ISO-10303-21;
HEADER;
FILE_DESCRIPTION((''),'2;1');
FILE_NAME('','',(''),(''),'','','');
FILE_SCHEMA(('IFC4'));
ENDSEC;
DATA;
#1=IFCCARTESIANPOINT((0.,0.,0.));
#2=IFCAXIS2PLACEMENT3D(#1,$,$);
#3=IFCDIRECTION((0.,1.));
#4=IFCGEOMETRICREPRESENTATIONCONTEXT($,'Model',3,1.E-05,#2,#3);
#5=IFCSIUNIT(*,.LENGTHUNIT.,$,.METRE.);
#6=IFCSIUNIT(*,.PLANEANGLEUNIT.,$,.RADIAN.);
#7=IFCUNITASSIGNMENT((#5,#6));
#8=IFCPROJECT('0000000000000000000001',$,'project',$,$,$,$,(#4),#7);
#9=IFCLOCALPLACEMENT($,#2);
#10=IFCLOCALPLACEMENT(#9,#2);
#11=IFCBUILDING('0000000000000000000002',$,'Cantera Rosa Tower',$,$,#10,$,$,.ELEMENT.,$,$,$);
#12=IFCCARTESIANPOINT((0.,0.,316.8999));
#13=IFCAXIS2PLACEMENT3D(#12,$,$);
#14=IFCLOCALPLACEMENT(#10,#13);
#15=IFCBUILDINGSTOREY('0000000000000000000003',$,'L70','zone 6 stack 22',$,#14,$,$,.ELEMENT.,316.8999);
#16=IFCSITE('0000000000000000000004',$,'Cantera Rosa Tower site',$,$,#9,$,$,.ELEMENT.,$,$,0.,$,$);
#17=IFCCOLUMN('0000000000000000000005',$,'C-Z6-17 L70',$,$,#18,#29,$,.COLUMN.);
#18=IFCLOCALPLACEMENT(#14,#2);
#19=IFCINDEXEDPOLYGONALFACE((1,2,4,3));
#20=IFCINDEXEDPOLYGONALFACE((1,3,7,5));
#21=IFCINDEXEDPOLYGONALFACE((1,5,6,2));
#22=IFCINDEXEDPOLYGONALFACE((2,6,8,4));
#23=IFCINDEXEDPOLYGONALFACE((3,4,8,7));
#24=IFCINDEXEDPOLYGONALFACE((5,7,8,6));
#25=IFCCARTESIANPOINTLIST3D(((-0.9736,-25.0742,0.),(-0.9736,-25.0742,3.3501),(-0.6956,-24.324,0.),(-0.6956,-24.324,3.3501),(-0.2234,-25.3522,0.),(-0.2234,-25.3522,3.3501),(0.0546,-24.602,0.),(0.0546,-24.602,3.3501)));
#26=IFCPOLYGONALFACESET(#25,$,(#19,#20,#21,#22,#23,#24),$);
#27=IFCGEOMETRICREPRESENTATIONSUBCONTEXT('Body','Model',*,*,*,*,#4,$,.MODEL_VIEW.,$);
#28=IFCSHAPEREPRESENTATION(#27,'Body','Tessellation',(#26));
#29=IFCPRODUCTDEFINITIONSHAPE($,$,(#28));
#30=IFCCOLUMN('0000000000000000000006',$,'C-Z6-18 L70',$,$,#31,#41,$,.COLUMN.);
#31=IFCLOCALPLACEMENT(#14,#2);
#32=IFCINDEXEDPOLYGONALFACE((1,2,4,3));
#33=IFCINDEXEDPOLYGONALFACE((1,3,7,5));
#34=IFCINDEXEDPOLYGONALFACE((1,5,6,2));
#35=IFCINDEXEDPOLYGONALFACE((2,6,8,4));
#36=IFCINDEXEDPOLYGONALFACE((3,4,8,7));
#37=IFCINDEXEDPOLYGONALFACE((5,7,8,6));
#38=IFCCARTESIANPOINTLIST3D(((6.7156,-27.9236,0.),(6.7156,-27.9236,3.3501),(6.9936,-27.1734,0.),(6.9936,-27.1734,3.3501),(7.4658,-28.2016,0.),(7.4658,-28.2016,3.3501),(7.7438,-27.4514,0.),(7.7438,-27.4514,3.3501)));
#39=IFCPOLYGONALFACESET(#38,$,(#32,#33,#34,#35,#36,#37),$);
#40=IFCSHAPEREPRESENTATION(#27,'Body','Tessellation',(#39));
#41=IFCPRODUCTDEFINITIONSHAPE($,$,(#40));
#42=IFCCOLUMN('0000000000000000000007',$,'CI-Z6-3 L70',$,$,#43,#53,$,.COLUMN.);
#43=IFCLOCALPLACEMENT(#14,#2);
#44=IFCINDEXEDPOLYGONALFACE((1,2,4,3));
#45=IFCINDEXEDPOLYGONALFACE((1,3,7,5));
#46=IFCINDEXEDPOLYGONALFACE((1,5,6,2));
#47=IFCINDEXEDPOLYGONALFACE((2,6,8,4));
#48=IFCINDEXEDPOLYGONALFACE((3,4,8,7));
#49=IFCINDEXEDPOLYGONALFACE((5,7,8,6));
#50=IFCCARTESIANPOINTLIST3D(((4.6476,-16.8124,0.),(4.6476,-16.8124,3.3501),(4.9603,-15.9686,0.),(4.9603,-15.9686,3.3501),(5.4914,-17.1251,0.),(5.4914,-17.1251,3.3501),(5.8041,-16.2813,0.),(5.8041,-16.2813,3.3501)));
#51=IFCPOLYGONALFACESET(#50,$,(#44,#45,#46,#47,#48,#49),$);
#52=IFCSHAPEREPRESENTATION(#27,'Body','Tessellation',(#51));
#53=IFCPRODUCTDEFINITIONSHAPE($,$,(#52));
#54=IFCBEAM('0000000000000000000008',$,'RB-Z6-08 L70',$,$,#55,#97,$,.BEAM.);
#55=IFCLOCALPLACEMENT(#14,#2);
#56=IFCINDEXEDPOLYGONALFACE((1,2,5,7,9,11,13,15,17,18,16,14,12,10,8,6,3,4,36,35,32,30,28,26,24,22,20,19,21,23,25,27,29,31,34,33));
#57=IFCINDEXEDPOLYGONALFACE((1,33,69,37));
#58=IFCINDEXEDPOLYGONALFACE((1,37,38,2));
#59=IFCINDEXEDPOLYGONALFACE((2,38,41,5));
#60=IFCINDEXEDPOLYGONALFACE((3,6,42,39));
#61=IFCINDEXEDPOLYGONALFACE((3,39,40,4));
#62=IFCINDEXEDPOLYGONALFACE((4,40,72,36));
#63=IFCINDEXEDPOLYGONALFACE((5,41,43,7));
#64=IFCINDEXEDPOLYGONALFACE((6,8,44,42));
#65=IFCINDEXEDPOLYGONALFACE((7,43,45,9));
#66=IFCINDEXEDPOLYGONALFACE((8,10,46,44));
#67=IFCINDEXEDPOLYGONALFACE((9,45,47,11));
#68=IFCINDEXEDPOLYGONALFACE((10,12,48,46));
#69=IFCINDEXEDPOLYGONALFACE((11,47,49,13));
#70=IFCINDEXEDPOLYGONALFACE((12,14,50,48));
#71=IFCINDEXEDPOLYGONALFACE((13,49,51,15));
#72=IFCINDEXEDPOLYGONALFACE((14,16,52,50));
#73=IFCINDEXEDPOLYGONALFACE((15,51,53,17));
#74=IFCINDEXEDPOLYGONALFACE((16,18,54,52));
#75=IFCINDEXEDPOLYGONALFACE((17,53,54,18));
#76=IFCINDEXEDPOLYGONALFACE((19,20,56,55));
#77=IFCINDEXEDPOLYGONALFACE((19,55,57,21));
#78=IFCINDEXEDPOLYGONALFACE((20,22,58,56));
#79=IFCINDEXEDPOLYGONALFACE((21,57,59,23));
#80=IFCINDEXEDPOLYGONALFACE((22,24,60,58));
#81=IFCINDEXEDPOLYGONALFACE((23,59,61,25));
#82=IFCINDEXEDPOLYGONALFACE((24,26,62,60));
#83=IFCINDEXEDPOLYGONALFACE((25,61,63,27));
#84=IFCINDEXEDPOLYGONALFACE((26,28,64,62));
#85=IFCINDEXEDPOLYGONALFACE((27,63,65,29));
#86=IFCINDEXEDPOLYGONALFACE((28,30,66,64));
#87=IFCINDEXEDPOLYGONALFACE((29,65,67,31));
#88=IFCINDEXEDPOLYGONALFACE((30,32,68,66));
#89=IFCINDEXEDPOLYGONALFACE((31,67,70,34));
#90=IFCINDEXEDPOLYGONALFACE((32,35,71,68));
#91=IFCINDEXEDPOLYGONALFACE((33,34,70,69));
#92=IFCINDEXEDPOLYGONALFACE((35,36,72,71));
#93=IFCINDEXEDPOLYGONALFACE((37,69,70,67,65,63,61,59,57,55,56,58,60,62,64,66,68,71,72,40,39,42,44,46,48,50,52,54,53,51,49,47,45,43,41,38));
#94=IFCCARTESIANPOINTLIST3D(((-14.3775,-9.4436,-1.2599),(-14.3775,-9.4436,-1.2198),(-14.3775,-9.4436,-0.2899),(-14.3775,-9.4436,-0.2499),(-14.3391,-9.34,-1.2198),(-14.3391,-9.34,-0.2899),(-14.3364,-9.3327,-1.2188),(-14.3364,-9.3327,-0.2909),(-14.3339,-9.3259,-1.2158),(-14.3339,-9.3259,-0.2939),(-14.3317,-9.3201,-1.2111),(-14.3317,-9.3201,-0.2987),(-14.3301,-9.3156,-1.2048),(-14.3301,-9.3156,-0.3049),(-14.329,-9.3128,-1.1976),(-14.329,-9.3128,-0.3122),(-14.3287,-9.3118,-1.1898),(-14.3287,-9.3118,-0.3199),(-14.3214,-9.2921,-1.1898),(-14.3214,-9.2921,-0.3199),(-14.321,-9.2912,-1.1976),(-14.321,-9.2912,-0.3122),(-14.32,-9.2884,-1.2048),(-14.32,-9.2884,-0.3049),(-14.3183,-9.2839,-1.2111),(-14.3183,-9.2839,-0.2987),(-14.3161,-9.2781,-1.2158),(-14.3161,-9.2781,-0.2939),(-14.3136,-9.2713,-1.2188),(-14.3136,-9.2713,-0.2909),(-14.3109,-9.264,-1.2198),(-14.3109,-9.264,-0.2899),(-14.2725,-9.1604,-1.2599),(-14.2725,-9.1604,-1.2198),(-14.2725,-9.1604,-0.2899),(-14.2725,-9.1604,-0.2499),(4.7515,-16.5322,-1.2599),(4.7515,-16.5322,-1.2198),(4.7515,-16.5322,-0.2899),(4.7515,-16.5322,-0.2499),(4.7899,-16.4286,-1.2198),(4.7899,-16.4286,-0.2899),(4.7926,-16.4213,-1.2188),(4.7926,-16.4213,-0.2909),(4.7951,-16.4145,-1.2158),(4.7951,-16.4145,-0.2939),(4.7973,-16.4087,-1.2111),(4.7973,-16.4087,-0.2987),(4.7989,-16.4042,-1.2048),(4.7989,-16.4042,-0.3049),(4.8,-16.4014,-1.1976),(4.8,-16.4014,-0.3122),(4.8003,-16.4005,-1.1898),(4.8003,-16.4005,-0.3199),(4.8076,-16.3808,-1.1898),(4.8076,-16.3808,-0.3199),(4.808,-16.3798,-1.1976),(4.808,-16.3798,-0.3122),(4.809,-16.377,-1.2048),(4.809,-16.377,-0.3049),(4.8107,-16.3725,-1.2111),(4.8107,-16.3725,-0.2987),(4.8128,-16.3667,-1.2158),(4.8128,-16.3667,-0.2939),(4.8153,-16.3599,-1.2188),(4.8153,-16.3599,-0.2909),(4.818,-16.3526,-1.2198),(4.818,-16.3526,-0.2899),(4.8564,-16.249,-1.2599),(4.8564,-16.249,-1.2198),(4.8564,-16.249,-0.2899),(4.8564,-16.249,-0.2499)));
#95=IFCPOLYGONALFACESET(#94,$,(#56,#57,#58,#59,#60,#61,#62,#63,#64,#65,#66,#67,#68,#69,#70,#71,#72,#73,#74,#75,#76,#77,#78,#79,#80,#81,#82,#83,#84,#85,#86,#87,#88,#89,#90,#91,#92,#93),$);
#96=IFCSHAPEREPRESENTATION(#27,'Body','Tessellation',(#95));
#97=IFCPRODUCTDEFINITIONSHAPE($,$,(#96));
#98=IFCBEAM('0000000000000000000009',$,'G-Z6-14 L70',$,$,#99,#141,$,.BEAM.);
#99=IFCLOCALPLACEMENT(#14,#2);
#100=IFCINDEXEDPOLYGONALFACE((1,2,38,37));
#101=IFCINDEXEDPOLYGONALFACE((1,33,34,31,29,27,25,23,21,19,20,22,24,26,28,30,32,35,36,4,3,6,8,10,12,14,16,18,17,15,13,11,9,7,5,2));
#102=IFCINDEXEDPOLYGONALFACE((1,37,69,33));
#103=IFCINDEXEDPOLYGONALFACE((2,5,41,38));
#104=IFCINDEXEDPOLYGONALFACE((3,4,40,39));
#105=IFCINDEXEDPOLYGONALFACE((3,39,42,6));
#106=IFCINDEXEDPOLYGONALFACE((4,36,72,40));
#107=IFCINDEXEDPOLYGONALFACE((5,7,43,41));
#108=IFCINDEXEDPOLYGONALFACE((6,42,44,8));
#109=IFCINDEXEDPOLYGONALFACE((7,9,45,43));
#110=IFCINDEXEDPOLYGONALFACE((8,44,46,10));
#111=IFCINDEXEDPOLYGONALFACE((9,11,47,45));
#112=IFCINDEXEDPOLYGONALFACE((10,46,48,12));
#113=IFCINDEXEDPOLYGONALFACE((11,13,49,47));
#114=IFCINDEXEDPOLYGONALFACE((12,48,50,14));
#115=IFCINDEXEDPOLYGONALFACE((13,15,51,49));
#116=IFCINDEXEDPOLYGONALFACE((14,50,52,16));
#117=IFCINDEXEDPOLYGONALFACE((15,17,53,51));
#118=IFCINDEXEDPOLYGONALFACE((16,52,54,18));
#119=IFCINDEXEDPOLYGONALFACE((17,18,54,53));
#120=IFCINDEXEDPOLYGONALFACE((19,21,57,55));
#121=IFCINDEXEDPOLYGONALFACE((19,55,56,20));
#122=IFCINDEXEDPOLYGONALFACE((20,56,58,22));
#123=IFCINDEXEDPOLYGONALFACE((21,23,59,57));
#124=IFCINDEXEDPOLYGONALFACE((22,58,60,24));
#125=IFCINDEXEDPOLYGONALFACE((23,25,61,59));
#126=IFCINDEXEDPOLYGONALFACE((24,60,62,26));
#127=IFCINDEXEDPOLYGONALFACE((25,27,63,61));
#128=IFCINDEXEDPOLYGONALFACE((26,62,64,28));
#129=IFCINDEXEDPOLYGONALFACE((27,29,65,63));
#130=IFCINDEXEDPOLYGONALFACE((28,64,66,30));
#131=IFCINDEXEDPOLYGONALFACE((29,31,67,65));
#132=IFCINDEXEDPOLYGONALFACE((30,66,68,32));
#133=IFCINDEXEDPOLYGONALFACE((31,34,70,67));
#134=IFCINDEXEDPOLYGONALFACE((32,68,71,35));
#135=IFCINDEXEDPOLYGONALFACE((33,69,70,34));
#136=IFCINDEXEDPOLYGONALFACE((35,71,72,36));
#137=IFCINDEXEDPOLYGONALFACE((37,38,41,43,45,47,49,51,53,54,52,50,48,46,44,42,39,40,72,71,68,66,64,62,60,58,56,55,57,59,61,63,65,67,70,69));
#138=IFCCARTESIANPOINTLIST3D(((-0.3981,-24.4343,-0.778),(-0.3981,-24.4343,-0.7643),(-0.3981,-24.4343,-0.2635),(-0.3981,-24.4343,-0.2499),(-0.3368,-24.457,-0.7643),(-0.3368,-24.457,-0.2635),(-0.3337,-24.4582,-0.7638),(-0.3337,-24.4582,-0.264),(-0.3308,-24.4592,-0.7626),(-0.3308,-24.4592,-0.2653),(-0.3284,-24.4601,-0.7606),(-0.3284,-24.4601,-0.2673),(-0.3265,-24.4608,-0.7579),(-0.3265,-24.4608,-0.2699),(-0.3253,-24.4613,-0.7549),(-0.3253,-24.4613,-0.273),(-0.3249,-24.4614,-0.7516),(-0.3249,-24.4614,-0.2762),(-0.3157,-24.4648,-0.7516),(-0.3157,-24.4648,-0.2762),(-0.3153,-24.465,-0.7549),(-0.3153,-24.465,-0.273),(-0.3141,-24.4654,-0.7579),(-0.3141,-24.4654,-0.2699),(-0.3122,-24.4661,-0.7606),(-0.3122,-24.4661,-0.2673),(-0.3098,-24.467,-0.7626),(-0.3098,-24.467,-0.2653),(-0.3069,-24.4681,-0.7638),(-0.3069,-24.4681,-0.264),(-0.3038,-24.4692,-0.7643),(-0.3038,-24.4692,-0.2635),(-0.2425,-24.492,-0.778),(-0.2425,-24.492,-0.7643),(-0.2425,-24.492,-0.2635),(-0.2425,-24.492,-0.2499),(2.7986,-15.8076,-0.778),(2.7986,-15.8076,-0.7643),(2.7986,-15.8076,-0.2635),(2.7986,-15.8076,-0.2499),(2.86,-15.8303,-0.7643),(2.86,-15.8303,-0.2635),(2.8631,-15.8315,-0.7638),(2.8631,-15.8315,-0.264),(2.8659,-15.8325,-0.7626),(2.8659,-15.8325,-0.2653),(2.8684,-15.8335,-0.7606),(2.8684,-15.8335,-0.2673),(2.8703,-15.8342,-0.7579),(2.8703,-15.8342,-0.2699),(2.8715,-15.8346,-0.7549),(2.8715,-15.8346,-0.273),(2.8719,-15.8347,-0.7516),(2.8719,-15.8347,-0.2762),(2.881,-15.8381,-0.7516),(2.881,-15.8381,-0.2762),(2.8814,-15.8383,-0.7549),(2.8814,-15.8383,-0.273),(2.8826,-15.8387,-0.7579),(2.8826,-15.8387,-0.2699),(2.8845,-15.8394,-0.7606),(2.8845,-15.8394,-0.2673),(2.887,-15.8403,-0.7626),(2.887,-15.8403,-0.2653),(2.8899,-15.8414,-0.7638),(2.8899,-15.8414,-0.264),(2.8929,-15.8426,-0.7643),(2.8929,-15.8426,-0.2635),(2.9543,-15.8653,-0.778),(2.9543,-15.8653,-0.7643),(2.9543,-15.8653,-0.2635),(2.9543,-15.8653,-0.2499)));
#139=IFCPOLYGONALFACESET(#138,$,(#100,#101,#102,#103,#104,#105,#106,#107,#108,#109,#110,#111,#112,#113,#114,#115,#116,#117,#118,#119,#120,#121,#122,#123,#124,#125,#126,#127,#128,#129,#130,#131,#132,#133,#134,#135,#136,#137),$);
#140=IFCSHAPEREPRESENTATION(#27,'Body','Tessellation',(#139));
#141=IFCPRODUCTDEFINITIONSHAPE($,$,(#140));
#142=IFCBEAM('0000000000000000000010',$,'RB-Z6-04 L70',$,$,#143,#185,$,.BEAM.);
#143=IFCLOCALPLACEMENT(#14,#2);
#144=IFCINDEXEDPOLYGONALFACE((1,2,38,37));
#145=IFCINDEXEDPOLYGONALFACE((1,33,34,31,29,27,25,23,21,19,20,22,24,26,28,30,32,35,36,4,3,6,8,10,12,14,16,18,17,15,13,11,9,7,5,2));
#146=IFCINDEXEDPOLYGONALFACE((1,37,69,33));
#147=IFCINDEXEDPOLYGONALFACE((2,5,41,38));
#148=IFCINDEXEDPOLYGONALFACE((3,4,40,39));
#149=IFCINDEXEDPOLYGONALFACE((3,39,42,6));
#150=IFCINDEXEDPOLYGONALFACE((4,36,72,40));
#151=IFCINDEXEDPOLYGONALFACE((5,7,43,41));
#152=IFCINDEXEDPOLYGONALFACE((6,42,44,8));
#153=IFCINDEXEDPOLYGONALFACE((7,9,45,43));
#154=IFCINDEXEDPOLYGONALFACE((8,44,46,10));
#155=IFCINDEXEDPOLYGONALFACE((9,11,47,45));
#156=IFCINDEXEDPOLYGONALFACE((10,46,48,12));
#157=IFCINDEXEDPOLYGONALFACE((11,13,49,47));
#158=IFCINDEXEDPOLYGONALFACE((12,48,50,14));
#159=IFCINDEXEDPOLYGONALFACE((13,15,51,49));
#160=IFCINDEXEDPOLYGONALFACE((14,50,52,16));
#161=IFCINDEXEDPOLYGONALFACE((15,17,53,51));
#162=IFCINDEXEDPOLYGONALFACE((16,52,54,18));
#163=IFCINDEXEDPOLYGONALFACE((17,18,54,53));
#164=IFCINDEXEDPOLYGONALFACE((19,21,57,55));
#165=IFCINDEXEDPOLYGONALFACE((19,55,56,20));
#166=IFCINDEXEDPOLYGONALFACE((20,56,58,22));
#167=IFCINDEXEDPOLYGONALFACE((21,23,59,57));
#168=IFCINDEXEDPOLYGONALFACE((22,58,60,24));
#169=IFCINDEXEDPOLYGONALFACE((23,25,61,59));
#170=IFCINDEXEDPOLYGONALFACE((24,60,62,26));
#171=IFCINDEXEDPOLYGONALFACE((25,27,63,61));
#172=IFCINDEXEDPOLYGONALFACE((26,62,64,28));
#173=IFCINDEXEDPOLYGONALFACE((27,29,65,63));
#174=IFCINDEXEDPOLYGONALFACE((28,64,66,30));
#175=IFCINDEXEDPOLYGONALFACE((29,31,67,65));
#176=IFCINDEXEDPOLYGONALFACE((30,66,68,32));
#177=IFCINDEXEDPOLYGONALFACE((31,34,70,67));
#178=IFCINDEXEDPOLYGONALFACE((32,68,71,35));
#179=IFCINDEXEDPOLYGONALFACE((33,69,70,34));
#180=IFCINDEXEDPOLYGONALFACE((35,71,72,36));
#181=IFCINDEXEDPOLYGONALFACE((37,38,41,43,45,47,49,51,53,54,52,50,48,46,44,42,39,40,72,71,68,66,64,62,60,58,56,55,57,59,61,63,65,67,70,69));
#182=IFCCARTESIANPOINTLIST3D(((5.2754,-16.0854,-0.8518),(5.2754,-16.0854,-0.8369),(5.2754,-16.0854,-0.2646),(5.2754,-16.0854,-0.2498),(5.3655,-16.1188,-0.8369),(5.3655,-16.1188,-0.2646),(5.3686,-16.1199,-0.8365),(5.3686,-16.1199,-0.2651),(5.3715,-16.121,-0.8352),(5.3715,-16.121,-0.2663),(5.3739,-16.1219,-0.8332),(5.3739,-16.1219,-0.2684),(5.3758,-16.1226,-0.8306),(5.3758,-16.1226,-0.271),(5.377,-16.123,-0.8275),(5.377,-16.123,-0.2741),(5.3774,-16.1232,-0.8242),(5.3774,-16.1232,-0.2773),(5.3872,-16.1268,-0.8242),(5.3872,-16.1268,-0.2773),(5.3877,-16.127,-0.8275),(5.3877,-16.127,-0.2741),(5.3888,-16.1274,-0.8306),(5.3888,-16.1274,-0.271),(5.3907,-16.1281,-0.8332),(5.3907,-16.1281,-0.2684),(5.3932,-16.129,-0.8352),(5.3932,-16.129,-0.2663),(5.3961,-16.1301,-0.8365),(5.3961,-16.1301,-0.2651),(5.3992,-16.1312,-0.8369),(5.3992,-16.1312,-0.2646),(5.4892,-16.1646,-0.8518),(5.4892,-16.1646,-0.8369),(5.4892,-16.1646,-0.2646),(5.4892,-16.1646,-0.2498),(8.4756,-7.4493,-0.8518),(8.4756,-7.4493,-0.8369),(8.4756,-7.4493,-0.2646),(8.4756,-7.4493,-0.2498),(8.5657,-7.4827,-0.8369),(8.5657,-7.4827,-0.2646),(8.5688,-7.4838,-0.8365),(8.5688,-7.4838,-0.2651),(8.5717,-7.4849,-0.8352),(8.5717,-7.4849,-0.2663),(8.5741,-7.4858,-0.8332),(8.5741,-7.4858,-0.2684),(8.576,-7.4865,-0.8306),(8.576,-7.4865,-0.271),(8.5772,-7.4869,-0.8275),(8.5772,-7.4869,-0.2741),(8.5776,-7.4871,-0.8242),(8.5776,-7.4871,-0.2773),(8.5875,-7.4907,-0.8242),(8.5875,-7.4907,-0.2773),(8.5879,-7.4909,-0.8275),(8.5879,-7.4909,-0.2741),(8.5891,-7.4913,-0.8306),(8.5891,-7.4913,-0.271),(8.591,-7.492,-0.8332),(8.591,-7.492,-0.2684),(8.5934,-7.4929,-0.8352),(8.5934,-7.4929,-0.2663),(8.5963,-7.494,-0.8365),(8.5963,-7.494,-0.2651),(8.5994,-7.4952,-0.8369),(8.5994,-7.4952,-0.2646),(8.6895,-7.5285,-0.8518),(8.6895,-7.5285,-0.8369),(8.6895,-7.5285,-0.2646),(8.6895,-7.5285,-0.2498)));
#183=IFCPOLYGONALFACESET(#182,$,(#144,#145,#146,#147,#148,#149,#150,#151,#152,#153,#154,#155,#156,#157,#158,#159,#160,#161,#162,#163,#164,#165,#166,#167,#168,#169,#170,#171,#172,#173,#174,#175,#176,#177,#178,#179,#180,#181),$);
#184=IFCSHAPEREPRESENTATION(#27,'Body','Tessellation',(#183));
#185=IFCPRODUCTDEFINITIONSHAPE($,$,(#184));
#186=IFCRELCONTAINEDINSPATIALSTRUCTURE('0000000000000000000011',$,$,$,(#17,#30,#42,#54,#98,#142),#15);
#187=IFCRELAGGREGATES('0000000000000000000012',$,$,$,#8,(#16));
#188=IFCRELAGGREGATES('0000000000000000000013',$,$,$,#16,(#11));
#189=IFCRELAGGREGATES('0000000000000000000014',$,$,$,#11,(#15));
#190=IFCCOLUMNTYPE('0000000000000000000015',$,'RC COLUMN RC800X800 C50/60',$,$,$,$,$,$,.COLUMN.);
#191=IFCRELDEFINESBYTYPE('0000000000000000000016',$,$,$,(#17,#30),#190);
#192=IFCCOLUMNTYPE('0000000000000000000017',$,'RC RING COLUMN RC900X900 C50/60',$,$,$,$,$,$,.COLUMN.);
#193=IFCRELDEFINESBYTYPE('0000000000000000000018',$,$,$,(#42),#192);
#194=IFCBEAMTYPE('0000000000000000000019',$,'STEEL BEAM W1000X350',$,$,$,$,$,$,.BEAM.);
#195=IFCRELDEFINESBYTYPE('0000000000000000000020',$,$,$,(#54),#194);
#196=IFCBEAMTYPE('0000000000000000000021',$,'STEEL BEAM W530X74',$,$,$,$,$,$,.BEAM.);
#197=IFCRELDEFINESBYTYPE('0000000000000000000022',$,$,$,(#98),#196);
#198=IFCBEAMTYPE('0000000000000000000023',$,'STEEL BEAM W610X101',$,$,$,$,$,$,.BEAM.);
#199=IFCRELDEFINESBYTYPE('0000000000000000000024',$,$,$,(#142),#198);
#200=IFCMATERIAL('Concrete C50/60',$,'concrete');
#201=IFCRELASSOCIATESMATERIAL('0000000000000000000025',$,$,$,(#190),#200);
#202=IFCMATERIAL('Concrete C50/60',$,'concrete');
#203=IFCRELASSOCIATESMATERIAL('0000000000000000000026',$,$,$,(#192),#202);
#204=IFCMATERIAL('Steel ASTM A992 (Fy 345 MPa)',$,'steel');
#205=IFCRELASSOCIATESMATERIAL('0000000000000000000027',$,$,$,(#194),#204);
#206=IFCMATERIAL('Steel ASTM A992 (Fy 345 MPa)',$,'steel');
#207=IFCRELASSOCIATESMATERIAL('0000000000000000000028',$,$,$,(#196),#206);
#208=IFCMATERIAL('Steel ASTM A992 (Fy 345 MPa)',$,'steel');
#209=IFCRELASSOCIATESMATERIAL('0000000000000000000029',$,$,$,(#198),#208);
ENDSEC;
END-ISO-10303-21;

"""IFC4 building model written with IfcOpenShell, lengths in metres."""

from ifc_helpers import new_model, si_unit, direction, frame, origin, origin_2d, place, context, subcontext, project, spatial, rectangle, i_section, extrude, material, material_profile, profile_set, type_object, element, save


model = new_model("IFC4")

# Units and contexts
model_context = context("Model", 3, precision=1e-05, world=origin(), true_north=direction((0.0, 1.0)))
body_context = subcontext(model_context, "Body", "Model", "MODEL_VIEW")
ifc_project = project(units=[si_unit("LENGTHUNIT", "METRE"), si_unit("PLANEANGLEUNIT", "RADIAN")], contexts=[model_context])

# Site, building, storey
site_placement = place(None, origin())
site = spatial("IfcSite", under=ifc_project, at=site_placement, Name="Cantera Rosa Tower site", CompositionType="ELEMENT", RefElevation=0.0)
building_placement = place(site_placement, origin())
building = spatial("IfcBuilding", under=site, at=building_placement, Name="Cantera Rosa Tower", CompositionType="ELEMENT")
storey_placement = place(building_placement, frame((0.0, 0.0, 316.8999)))
storey = spatial("IfcBuildingStorey", under=building, at=storey_placement, Name="L70", Description="zone 6 stack 22", CompositionType="ELEMENT", Elevation=316.8999)

# Columns
ifc_material_1 = material(Name="Concrete C50/60", Category="concrete")
ifc_material_profile_1 = material_profile(ifc_material_1, rectangle(XDim=0.8, YDim=0.8, at=origin_2d()), Name="RC COLUMN RC800X800 C50/60")
ifc_profile_set_1 = profile_set([ifc_material_profile_1], Name="Concrete C50/60")
column_type_1 = type_object("IfcColumnType", Name="RC COLUMN RC800X800 C50/60", PredefinedType="COLUMN", material=ifc_profile_set_1)
for number, where, z_axis, x_axis, name in (
    (1, (-0.4595, -24.8381, 0.0), (0.0, 0.0, 1.0), (0.347481, 0.937687, 0.0), "C-Z6-17 L70"),
    (2, (7.2297, -27.6875, 0.0), (0.0, 0.0, 1.0), (0.347481, 0.937687, 0.0), "C-Z6-18 L70"),
):
    element("IfcColumn", number, at=place(storey_placement, frame(where, z_axis=z_axis, x_axis=x_axis)), inside=storey, type_object=column_type_1, Name=name, PredefinedType="COLUMN", context=body_context, shape_type="SweptSolid", body=[
        extrude(rectangle(XDim=0.8, YDim=0.8, at=origin_2d()), origin(), (0.0, 0.0, 1.0), 3.3501),
    ])
ifc_material_2 = material(Name="Concrete C50/60", Category="concrete")
ifc_material_profile_2 = material_profile(ifc_material_2, rectangle(XDim=0.8999, YDim=0.8999, at=origin_2d()), Name="RC RING COLUMN RC900X900 C50/60")
ifc_profile_set_2 = profile_set([ifc_material_profile_2], Name="Concrete C50/60")
column_type_2 = type_object("IfcColumnType", Name="RC RING COLUMN RC900X900 C50/60", PredefinedType="COLUMN", material=ifc_profile_set_2)
column_placement = place(storey_placement, frame((5.2258, -16.5469, 0.0), z_axis=(0.0, 0.0, 1.0), x_axis=(0.347481, 0.937687, 0.0)))
element("IfcColumn", 3, at=column_placement, inside=storey, type_object=column_type_2, Name="CI-Z6-3 L70", PredefinedType="COLUMN", context=body_context, shape_type="SweptSolid", body=[
    extrude(rectangle(XDim=0.8999, YDim=0.8999, at=origin_2d()), origin(), (0.0, 0.0, 1.0), 3.3501),
])

# Beams
ifc_material_3 = material(Name="Steel ASTM A992 (Fy 345 MPa)", Category="steel")
ifc_material_profile_3 = material_profile(ifc_material_3, i_section(OverallWidth=0.302, OverallDepth=1.01, WebThickness=0.021, FlangeThickness=0.04, FilletRadius=0.03, at=origin_2d()), Name="W1000X350")
ifc_profile_set_3 = profile_set([ifc_material_profile_3], Name="Steel ASTM A992 (Fy 345 MPa)")
beam_type_1 = type_object("IfcBeamType", Name="STEEL BEAM W1000X350", PredefinedType="BEAM", material=ifc_profile_set_3)
beam_1_placement = place(storey_placement, frame((4.804, -16.3906, -0.7549), z_axis=(-0.937687, 0.34748, 0.0), x_axis=(-0.34748, -0.937687, 0.0)))
element("IfcBeam", 4, at=beam_1_placement, inside=storey, type_object=beam_type_1, Name="RB-Z6-08 L70", PredefinedType="BEAM", context=body_context, shape_type="SweptSolid", body=[
    extrude(i_section(OverallWidth=0.302, OverallDepth=1.01, WebThickness=0.021, FlangeThickness=0.04, FilletRadius=0.03, at=origin_2d()), origin(), (0.0, 0.0, 1.0), 20.4001),
])
ifc_material_4 = material(Name="Steel ASTM A992 (Fy 345 MPa)", Category="steel")
ifc_material_profile_4 = material_profile(ifc_material_4, i_section(OverallWidth=0.166, OverallDepth=0.5281, WebThickness=0.0098, FlangeThickness=0.0137, FilletRadius=0.0127, at=origin_2d()), Name="W530X74")
ifc_profile_set_4 = profile_set([ifc_material_profile_4], Name="Steel ASTM A992 (Fy 345 MPa)")
beam_type_2 = type_object("IfcBeamType", Name="STEEL BEAM W530X74", PredefinedType="BEAM", material=ifc_profile_set_4)
beam_2_placement = place(storey_placement, frame((-0.3203, -24.4631, -0.5139), z_axis=(0.347477, 0.937689, 0.0), x_axis=(-0.937689, 0.347477, 0.0)))
element("IfcBeam", 5, at=beam_2_placement, inside=storey, type_object=beam_type_2, Name="G-Z6-14 L70", PredefinedType="BEAM", context=body_context, shape_type="SweptSolid", body=[
    extrude(i_section(OverallWidth=0.166, OverallDepth=0.5281, WebThickness=0.0098, FlangeThickness=0.0137, FilletRadius=0.0127, at=origin_2d()), origin(), (0.0, 0.0, 1.0), 9.2),
])
ifc_material_5 = material(Name="Steel ASTM A992 (Fy 345 MPa)", Category="steel")
ifc_material_profile_5 = material_profile(ifc_material_5, i_section(OverallWidth=0.228, OverallDepth=0.6021, WebThickness=0.0105, FlangeThickness=0.0149, FilletRadius=0.0127, at=origin_2d()), Name="W610X101")
ifc_profile_set_5 = profile_set([ifc_material_profile_5], Name="Steel ASTM A992 (Fy 345 MPa)")
beam_type_3 = type_object("IfcBeamType", Name="STEEL BEAM W610X101", PredefinedType="BEAM", material=ifc_profile_set_5)
beam_3_placement = place(storey_placement, frame((5.3823, -16.125, -0.5508), z_axis=(0.347475, 0.937689, 0.0), x_axis=(-0.937689, 0.347475, 0.0)))
element("IfcBeam", 6, at=beam_3_placement, inside=storey, type_object=beam_type_3, Name="RB-Z6-04 L70", PredefinedType="BEAM", context=body_context, shape_type="SweptSolid", body=[
    extrude(i_section(OverallWidth=0.228, OverallDepth=0.6021, WebThickness=0.0105, FlangeThickness=0.0149, FilletRadius=0.0127, at=origin_2d()), origin(), (0.0, 0.0, 1.0), 9.21),
])

save(model, "model.ifc")
